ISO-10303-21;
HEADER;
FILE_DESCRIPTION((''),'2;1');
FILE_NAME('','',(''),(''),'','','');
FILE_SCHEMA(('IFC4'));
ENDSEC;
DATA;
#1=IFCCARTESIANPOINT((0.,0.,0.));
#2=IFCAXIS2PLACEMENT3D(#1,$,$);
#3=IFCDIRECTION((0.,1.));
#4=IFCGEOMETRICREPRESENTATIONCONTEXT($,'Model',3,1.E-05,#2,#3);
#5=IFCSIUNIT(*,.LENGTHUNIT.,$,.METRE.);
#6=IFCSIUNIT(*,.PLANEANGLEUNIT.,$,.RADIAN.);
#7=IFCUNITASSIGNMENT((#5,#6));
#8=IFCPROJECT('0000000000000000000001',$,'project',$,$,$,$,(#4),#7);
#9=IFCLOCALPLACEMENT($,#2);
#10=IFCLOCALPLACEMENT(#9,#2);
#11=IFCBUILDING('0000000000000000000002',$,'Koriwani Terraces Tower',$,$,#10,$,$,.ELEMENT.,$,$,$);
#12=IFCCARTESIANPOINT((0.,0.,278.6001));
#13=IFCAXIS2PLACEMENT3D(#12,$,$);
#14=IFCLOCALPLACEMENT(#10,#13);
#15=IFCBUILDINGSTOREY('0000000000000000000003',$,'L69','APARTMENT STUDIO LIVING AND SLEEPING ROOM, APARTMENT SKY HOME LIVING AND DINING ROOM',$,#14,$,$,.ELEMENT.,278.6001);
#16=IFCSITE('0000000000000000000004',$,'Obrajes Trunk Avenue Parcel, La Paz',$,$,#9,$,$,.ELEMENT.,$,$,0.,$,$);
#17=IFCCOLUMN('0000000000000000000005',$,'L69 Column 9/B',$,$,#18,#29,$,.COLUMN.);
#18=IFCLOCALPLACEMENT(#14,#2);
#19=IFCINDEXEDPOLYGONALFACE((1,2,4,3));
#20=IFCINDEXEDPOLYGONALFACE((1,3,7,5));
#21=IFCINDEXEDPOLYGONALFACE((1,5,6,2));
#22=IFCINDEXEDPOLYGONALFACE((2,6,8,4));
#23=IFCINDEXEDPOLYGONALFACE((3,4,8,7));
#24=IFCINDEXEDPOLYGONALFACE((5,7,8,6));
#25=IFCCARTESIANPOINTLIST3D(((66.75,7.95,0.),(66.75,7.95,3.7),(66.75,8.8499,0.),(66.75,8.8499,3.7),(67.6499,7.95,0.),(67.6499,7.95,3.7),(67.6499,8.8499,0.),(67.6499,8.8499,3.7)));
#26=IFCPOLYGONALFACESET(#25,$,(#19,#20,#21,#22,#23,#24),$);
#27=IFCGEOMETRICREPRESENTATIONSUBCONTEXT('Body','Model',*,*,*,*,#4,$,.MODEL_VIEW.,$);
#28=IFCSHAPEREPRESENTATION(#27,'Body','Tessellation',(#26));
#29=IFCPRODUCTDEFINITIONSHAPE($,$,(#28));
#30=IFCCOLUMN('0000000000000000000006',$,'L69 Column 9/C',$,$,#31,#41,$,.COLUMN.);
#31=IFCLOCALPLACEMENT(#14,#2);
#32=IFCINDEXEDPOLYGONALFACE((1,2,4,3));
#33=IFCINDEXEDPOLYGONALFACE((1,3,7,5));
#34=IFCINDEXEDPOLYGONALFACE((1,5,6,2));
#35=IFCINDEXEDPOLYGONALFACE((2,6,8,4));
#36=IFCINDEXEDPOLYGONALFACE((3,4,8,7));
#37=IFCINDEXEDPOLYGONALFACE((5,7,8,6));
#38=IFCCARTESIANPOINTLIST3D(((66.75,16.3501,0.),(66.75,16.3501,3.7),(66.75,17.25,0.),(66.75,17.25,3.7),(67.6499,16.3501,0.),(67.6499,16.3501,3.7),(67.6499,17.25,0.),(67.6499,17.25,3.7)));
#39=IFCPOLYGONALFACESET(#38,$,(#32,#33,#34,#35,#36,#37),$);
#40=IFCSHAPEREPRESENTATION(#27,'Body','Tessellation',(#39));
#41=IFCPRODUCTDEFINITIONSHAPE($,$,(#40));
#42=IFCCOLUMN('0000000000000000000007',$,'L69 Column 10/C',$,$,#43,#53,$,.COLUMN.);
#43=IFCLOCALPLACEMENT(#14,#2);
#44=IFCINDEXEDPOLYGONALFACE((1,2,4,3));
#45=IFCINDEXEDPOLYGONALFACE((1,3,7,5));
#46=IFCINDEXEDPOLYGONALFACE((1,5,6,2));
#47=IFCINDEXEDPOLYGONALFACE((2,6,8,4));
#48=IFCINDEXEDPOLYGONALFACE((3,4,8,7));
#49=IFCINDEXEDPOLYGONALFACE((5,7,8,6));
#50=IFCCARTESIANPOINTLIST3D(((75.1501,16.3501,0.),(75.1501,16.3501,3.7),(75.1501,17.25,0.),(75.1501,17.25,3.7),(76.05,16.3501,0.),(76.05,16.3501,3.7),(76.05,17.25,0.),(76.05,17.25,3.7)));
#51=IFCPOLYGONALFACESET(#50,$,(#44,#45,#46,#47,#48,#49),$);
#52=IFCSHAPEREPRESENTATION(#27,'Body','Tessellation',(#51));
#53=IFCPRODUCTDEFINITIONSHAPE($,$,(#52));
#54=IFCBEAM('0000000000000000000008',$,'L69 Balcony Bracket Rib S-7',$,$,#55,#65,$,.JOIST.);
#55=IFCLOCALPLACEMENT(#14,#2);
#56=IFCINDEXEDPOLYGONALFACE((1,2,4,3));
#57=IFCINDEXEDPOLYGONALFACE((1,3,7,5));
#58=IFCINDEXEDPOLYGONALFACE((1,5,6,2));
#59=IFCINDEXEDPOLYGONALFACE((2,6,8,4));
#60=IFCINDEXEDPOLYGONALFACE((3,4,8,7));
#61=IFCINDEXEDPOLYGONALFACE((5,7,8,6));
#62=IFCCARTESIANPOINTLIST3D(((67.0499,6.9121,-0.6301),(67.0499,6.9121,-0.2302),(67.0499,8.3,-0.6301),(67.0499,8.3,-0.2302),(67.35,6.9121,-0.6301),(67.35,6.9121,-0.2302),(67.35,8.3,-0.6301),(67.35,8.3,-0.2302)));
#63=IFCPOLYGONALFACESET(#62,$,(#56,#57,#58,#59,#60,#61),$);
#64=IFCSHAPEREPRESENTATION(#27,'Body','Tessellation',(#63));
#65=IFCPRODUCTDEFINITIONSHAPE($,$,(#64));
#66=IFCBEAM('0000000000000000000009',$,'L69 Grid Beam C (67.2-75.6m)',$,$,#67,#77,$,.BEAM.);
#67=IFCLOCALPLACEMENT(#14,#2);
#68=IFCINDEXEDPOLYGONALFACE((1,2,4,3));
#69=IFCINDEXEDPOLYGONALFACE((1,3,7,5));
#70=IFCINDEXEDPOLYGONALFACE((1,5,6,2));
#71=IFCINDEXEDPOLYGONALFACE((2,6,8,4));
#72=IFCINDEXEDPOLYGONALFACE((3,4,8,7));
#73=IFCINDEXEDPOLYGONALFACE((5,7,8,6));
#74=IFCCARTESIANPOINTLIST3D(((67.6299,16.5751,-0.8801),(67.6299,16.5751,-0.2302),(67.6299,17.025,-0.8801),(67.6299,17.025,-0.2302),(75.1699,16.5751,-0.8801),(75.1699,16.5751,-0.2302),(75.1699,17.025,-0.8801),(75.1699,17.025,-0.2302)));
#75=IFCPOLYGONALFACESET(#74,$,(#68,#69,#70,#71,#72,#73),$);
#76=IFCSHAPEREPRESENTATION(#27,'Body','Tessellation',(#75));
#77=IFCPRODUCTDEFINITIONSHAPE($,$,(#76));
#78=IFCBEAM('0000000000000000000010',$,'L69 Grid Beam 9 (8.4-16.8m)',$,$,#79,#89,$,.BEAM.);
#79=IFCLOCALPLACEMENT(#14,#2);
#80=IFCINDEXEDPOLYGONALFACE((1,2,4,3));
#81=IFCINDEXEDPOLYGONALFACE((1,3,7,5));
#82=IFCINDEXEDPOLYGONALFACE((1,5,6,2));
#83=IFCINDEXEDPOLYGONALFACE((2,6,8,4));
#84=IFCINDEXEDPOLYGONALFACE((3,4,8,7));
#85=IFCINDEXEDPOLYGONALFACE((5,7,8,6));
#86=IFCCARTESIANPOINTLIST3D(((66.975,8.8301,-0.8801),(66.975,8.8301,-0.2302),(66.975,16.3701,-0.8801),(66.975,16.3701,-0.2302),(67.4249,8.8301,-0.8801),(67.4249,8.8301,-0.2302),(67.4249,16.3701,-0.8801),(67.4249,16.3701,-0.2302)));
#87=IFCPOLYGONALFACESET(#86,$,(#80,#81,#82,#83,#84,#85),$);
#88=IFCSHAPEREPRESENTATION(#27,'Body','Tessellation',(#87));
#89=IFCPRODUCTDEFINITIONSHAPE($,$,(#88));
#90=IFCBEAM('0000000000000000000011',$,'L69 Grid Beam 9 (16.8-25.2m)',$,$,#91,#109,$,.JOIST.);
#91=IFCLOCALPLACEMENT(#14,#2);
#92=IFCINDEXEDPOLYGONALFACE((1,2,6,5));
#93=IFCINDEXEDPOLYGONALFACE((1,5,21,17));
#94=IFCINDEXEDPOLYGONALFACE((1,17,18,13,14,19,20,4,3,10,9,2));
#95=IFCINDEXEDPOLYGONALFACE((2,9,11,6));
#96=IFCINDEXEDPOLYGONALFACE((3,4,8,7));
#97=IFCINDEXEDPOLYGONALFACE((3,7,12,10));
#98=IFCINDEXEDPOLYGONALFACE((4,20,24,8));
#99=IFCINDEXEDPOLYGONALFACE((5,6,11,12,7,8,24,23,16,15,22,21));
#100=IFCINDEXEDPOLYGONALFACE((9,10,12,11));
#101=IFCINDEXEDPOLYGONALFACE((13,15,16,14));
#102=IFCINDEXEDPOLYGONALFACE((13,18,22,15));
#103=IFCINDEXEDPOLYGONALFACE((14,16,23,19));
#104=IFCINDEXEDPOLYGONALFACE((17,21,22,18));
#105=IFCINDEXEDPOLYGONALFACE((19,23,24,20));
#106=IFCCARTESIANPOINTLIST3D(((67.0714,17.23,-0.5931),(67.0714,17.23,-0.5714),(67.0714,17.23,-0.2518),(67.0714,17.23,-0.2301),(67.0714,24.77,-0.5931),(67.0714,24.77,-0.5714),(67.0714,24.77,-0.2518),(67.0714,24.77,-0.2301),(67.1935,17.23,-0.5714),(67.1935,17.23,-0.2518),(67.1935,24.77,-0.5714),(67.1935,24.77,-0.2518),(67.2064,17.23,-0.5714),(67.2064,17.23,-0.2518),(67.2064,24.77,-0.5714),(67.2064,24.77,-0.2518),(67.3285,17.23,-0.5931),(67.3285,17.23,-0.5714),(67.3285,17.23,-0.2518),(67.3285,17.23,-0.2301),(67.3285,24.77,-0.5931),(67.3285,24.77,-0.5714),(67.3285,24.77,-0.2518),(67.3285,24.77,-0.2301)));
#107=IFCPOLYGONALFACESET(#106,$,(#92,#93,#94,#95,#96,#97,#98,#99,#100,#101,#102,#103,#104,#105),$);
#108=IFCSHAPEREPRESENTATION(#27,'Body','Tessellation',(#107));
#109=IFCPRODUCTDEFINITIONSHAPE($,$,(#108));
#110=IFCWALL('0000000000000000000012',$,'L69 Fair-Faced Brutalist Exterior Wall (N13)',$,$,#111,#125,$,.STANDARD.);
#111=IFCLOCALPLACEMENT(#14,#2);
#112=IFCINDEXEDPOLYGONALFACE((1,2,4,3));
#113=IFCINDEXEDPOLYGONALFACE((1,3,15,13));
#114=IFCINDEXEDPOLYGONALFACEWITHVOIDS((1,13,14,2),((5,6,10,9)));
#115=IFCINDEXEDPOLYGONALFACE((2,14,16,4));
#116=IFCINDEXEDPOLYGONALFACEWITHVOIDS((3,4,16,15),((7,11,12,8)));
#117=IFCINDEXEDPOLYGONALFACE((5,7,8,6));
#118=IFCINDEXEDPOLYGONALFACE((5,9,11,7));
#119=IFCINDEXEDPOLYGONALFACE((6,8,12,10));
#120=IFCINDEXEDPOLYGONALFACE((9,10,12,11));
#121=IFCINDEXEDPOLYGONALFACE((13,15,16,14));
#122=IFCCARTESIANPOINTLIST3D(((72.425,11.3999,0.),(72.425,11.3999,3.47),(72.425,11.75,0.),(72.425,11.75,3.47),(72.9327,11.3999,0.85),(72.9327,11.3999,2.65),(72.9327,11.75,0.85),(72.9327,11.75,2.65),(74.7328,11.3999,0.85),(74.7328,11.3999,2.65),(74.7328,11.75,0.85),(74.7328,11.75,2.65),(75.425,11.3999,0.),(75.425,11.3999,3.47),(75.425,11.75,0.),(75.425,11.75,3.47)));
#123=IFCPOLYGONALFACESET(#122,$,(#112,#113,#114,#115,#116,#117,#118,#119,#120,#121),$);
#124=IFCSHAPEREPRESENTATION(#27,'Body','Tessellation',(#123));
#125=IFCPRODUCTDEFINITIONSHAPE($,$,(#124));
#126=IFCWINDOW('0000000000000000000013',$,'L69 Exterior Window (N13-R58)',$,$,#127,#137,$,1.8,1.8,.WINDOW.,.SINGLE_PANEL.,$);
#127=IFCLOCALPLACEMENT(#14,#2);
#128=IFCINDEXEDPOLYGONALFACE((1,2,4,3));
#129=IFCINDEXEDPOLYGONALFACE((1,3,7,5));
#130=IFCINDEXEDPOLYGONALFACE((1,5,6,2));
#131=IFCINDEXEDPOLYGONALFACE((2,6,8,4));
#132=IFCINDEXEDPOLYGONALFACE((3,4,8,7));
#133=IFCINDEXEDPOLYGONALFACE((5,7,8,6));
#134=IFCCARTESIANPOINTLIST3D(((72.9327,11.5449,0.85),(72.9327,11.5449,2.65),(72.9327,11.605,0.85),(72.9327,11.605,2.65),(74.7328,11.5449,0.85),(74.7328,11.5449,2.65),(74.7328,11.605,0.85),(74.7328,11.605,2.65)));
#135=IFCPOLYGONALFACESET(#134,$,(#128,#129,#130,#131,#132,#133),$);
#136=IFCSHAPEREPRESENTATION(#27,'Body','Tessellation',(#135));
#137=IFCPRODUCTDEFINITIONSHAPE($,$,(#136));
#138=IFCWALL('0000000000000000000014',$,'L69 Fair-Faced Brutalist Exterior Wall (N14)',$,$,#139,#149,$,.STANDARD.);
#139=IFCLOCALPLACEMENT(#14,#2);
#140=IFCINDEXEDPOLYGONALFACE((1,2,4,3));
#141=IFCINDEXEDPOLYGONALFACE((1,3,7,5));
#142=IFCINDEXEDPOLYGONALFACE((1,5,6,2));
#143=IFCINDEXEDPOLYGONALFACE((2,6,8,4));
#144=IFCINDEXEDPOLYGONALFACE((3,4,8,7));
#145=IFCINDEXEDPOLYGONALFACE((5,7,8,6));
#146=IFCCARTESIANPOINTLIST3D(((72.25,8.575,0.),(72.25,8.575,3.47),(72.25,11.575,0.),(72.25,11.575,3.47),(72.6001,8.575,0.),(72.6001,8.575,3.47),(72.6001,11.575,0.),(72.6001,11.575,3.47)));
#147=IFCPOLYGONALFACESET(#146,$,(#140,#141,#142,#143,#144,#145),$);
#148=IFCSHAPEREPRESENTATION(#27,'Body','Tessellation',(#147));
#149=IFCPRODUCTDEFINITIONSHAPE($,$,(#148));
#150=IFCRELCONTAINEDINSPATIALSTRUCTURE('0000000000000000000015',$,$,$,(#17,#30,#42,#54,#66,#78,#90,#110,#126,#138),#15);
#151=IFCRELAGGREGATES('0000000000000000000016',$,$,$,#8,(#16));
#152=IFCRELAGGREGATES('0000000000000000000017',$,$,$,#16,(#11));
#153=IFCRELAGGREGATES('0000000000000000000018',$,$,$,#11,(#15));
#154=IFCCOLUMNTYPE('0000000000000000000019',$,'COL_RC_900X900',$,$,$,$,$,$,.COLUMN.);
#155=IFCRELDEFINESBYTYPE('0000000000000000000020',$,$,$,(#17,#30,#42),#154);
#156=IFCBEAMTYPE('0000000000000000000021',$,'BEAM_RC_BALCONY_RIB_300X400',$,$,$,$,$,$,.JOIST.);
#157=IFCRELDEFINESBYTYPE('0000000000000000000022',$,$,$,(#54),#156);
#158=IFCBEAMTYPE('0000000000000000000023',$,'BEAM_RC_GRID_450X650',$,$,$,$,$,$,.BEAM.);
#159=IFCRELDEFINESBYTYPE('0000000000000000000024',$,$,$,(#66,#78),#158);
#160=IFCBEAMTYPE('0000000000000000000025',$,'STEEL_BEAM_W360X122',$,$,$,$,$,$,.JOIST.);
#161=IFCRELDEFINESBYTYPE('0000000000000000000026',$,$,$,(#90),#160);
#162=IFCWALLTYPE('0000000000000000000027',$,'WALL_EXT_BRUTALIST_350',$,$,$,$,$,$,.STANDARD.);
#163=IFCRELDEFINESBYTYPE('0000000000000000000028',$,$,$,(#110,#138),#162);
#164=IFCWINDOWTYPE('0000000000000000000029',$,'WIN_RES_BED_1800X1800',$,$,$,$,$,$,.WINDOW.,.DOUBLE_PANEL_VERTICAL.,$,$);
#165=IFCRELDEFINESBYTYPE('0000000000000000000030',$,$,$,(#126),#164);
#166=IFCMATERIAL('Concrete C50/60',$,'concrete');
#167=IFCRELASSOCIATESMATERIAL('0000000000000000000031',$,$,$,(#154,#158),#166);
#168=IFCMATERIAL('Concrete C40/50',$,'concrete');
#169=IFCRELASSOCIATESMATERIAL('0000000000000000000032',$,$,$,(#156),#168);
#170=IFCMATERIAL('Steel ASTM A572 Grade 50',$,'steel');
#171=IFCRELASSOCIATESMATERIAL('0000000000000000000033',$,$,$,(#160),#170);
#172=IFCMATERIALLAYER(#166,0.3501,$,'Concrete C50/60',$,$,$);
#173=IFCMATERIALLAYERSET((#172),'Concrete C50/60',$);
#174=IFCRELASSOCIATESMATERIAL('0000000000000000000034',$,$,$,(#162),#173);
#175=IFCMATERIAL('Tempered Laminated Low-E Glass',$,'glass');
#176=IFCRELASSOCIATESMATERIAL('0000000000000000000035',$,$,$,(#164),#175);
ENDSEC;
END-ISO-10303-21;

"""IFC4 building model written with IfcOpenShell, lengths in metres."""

from ifc_helpers import new_model, si_unit, direction, frame, frame_2d, origin, origin_2d, place, context, subcontext, project, spatial, rectangle, i_section, extrude, material, layer, layer_set, material_profile, profile_set, type_object, element, fill, save


model = new_model("IFC4")

# Units and contexts
model_context = context("Model", 3, precision=1e-05, world=origin(), true_north=direction((0.0, 1.0)))
body_context = subcontext(model_context, "Body", "Model", "MODEL_VIEW")
ifc_project = project(units=[si_unit("LENGTHUNIT", "METRE"), si_unit("PLANEANGLEUNIT", "RADIAN")], contexts=[model_context])

# Site, building, storey
site_placement = place(None, origin())
site = spatial("IfcSite", under=ifc_project, at=site_placement, Name="Obrajes Trunk Avenue Parcel, La Paz", CompositionType="ELEMENT", RefElevation=0.0)
building_placement = place(site_placement, origin())
building = spatial("IfcBuilding", under=site, at=building_placement, Name="Koriwani Terraces Tower", CompositionType="ELEMENT")
storey_placement = place(building_placement, frame((0.0, 0.0, 278.6001)))
storey = spatial("IfcBuildingStorey", under=building, at=storey_placement, Name="L69", Description="APARTMENT STUDIO LIVING AND SLEEPING ROOM, APARTMENT SKY HOME LIVING AND DINING ROOM", CompositionType="ELEMENT", Elevation=278.6001)

# Columns
ifc_material_1 = material(Name="Concrete C50/60", Category="concrete")
ifc_material_profile_1 = material_profile(ifc_material_1, rectangle(XDim=0.8999, YDim=0.8999, at=origin_2d()), Name="Concrete C50/60", Category="LoadBearing")
ifc_profile_set_1 = profile_set([ifc_material_profile_1], Name="Concrete C50/60")
column_type = type_object("IfcColumnType", Name="COL_RC_900X900", PredefinedType="COLUMN", material=ifc_profile_set_1)
for number, where, z_axis, x_axis, name in (
    (1, (67.2, 8.3999, 0.0), (0.0, 0.0, 1.0), (1.0, 0.0, 0.0), "L69 Column 9/B"),
    (2, (67.2, 16.8, 0.0), (0.0, 0.0, 1.0), (1.0, 0.0, 0.0), "L69 Column 9/C"),
    (3, (75.6001, 16.8, 0.0), (0.0, 0.0, 1.0), (1.0, 0.0, 0.0), "L69 Column 10/C"),
):
    element("IfcColumn", number, at=place(storey_placement, frame(where, z_axis=z_axis, x_axis=x_axis)), inside=storey, type_object=column_type, Name=name, PredefinedType="COLUMN", context=body_context, shape_type="SweptSolid", body=[
        extrude(rectangle(XDim=0.8999, YDim=0.8999, at=origin_2d()), origin(), (0.0, 0.0, 1.0), 3.7),
    ])

# Beams
ifc_material_2 = material(Name="Concrete C40/50", Category="concrete")
ifc_material_profile_2 = material_profile(ifc_material_2, rectangle(XDim=0.3, YDim=0.3999, at=origin_2d()), Name="Concrete C40/50", Category="LoadBearing")
ifc_profile_set_2 = profile_set([ifc_material_profile_2], Name="Concrete C40/50")
beam_type_1 = type_object("IfcBeamType", Name="BEAM_RC_BALCONY_RIB_300X400", PredefinedType="JOIST", material=ifc_profile_set_2)
beam_1_placement = place(storey_placement, frame((67.2, 6.9121, -0.4302), z_axis=(0.0, 1.0, 0.0), x_axis=(-1.0, 0.0, 0.0)))
element("IfcBeam", 4, at=beam_1_placement, inside=storey, type_object=beam_type_1, Name="L69 Balcony Bracket Rib S-7", PredefinedType="JOIST", context=body_context, shape_type="SweptSolid", body=[
    extrude(rectangle(XDim=0.3, YDim=0.3999, at=origin_2d()), origin(), (0.0, 0.0, 1.0), 1.3879),
])
ifc_material_profile_3 = material_profile(ifc_material_1, rectangle(XDim=0.45, YDim=0.6499, at=origin_2d()), Name="Concrete C50/60", Category="LoadBearing")
ifc_profile_set_3 = profile_set([ifc_material_profile_3], Name="Concrete C50/60")
beam_type_2 = type_object("IfcBeamType", Name="BEAM_RC_GRID_450X650", PredefinedType="BEAM", material=ifc_profile_set_3)
for number, where, z_axis, x_axis, name in (
    (5, (67.6299, 16.8, -0.5552), (1.0, 0.0, 0.0), (0.0, 1.0, 0.0), "L69 Grid Beam C (67.2-75.6m)"),
    (6, (67.2, 8.8301, -0.5552), (0.0, 1.0, 0.0), (-1.0, 0.0, 0.0), "L69 Grid Beam 9 (8.4-16.8m)"),
):
    element("IfcBeam", number, at=place(storey_placement, frame(where, z_axis=z_axis, x_axis=x_axis)), inside=storey, type_object=beam_type_2, Name=name, PredefinedType="BEAM", context=body_context, shape_type="SweptSolid", body=[
        extrude(rectangle(XDim=0.45, YDim=0.6499, at=origin_2d()), origin(), (0.0, 0.0, 1.0), 7.54),
    ])
ifc_material_3 = material(Name="Steel ASTM A572 Grade 50", Category="steel")
ifc_material_profile_4 = material_profile(ifc_material_3, i_section(OverallWidth=0.2571, OverallDepth=0.363, WebThickness=0.0129, FlangeThickness=0.0217, at=origin_2d()), Name="Steel ASTM A572 Grade 50", Category="LoadBearing")
ifc_profile_set_4 = profile_set([ifc_material_profile_4], Name="Steel ASTM A572 Grade 50")
beam_type_3 = type_object("IfcBeamType", Name="STEEL_BEAM_W360X122", PredefinedType="JOIST", material=ifc_profile_set_4)
beam_2_placement = place(storey_placement, frame((67.2, 17.23, -0.4116), z_axis=(0.0, 1.0, 0.0), x_axis=(-1.0, 0.0, 0.0)))
element("IfcBeam", 7, at=beam_2_placement, inside=storey, type_object=beam_type_3, Name="L69 Grid Beam 9 (16.8-25.2m)", PredefinedType="JOIST", context=body_context, shape_type="SweptSolid", body=[
    extrude(i_section(OverallWidth=0.2571, OverallDepth=0.363, WebThickness=0.0129, FlangeThickness=0.0217, at=origin_2d()), origin(), (0.0, 0.0, 1.0), 7.54),
])

# Wall, opening, window
ifc_layer = layer(ifc_material_1, 0.3501, Name="Concrete C50/60")
ifc_layer_set = layer_set([ifc_layer], Name="Concrete C50/60")
wall_type = type_object("IfcWallType", Name="WALL_EXT_BRUTALIST_350", PredefinedType="STANDARD", material=ifc_layer_set)
wall_1_placement = place(storey_placement, frame((75.425, 11.575, 0.0), z_axis=(0.0, 0.0, 1.0), x_axis=(-1.0, 0.0, 0.0)))
wall_1 = element("IfcWall", 8, at=wall_1_placement, inside=storey, type_object=wall_type, Name="L69 Fair-Faced Brutalist Exterior Wall (N13)", PredefinedType="STANDARD", context=body_context, shape_type="SweptSolid", body=[
    extrude(rectangle(XDim=3.0, YDim=0.3501, at=frame_2d((1.5, 0.0))), origin(), (0.0, 0.0, 1.0), 3.47),
])
opening_1_placement = place(wall_1_placement, frame((0.6924, 0.0, 0.8501)))
opening_1 = element("IfcOpeningElement", 9, at=opening_1_placement, cuts=wall_1, PredefinedType="OPENING", context=body_context, shape_type="SweptSolid", body=[
    extrude(rectangle(XDim=1.8, YDim=1.8, at=frame_2d((0.8999, 0.8999))), frame((0.0, 0.1851, 0.0), z_axis=(0.0, -1.0, 0.0), x_axis=(1.0, 0.0, 0.0)), (0.0, 0.0, 1.0), 0.3701),
])
ifc_material_4 = material(Name="Tempered Laminated Low-E Glass", Category="glass")
window_type_1 = type_object("IfcWindowType", Name="WIN_RES_BED_1800X1800", PartitioningType="DOUBLE_PANEL_VERTICAL", PredefinedType="WINDOW", material=ifc_material_4)
window_1_placement = place(opening_1_placement, origin())
window_1 = element("IfcWindow", 10, at=window_1_placement, inside=storey, type_object=window_type_1, Name="L69 Exterior Window (N13-R58)", OverallHeight=1.8, OverallWidth=1.8, PartitioningType="SINGLE_PANEL", PredefinedType="WINDOW", context=body_context, shape_type="SweptSolid", body=[
    extrude(rectangle(XDim=1.8, YDim=1.8, at=frame_2d((0.8999, 0.8999))), frame((0.0, 0.03, 0.0), z_axis=(0.0, -1.0, 0.0), x_axis=(1.0, 0.0, 0.0)), (0.0, 0.0, 1.0), 0.0601),
])
fill(opening_1, window_1)

# Wall
wall_2_placement = place(storey_placement, frame((72.425, 11.575, 0.0), z_axis=(0.0, 0.0, 1.0), x_axis=(0.0, -1.0, 0.0)))
element("IfcWall", 11, at=wall_2_placement, inside=storey, type_object=wall_type, Name="L69 Fair-Faced Brutalist Exterior Wall (N14)", PredefinedType="STANDARD", context=body_context, shape_type="SweptSolid", body=[
    extrude(rectangle(XDim=3.0, YDim=0.3501, at=frame_2d((1.5, 0.0))), origin(), (0.0, 0.0, 1.0), 3.47),
])

save(model, "model.ifc")
